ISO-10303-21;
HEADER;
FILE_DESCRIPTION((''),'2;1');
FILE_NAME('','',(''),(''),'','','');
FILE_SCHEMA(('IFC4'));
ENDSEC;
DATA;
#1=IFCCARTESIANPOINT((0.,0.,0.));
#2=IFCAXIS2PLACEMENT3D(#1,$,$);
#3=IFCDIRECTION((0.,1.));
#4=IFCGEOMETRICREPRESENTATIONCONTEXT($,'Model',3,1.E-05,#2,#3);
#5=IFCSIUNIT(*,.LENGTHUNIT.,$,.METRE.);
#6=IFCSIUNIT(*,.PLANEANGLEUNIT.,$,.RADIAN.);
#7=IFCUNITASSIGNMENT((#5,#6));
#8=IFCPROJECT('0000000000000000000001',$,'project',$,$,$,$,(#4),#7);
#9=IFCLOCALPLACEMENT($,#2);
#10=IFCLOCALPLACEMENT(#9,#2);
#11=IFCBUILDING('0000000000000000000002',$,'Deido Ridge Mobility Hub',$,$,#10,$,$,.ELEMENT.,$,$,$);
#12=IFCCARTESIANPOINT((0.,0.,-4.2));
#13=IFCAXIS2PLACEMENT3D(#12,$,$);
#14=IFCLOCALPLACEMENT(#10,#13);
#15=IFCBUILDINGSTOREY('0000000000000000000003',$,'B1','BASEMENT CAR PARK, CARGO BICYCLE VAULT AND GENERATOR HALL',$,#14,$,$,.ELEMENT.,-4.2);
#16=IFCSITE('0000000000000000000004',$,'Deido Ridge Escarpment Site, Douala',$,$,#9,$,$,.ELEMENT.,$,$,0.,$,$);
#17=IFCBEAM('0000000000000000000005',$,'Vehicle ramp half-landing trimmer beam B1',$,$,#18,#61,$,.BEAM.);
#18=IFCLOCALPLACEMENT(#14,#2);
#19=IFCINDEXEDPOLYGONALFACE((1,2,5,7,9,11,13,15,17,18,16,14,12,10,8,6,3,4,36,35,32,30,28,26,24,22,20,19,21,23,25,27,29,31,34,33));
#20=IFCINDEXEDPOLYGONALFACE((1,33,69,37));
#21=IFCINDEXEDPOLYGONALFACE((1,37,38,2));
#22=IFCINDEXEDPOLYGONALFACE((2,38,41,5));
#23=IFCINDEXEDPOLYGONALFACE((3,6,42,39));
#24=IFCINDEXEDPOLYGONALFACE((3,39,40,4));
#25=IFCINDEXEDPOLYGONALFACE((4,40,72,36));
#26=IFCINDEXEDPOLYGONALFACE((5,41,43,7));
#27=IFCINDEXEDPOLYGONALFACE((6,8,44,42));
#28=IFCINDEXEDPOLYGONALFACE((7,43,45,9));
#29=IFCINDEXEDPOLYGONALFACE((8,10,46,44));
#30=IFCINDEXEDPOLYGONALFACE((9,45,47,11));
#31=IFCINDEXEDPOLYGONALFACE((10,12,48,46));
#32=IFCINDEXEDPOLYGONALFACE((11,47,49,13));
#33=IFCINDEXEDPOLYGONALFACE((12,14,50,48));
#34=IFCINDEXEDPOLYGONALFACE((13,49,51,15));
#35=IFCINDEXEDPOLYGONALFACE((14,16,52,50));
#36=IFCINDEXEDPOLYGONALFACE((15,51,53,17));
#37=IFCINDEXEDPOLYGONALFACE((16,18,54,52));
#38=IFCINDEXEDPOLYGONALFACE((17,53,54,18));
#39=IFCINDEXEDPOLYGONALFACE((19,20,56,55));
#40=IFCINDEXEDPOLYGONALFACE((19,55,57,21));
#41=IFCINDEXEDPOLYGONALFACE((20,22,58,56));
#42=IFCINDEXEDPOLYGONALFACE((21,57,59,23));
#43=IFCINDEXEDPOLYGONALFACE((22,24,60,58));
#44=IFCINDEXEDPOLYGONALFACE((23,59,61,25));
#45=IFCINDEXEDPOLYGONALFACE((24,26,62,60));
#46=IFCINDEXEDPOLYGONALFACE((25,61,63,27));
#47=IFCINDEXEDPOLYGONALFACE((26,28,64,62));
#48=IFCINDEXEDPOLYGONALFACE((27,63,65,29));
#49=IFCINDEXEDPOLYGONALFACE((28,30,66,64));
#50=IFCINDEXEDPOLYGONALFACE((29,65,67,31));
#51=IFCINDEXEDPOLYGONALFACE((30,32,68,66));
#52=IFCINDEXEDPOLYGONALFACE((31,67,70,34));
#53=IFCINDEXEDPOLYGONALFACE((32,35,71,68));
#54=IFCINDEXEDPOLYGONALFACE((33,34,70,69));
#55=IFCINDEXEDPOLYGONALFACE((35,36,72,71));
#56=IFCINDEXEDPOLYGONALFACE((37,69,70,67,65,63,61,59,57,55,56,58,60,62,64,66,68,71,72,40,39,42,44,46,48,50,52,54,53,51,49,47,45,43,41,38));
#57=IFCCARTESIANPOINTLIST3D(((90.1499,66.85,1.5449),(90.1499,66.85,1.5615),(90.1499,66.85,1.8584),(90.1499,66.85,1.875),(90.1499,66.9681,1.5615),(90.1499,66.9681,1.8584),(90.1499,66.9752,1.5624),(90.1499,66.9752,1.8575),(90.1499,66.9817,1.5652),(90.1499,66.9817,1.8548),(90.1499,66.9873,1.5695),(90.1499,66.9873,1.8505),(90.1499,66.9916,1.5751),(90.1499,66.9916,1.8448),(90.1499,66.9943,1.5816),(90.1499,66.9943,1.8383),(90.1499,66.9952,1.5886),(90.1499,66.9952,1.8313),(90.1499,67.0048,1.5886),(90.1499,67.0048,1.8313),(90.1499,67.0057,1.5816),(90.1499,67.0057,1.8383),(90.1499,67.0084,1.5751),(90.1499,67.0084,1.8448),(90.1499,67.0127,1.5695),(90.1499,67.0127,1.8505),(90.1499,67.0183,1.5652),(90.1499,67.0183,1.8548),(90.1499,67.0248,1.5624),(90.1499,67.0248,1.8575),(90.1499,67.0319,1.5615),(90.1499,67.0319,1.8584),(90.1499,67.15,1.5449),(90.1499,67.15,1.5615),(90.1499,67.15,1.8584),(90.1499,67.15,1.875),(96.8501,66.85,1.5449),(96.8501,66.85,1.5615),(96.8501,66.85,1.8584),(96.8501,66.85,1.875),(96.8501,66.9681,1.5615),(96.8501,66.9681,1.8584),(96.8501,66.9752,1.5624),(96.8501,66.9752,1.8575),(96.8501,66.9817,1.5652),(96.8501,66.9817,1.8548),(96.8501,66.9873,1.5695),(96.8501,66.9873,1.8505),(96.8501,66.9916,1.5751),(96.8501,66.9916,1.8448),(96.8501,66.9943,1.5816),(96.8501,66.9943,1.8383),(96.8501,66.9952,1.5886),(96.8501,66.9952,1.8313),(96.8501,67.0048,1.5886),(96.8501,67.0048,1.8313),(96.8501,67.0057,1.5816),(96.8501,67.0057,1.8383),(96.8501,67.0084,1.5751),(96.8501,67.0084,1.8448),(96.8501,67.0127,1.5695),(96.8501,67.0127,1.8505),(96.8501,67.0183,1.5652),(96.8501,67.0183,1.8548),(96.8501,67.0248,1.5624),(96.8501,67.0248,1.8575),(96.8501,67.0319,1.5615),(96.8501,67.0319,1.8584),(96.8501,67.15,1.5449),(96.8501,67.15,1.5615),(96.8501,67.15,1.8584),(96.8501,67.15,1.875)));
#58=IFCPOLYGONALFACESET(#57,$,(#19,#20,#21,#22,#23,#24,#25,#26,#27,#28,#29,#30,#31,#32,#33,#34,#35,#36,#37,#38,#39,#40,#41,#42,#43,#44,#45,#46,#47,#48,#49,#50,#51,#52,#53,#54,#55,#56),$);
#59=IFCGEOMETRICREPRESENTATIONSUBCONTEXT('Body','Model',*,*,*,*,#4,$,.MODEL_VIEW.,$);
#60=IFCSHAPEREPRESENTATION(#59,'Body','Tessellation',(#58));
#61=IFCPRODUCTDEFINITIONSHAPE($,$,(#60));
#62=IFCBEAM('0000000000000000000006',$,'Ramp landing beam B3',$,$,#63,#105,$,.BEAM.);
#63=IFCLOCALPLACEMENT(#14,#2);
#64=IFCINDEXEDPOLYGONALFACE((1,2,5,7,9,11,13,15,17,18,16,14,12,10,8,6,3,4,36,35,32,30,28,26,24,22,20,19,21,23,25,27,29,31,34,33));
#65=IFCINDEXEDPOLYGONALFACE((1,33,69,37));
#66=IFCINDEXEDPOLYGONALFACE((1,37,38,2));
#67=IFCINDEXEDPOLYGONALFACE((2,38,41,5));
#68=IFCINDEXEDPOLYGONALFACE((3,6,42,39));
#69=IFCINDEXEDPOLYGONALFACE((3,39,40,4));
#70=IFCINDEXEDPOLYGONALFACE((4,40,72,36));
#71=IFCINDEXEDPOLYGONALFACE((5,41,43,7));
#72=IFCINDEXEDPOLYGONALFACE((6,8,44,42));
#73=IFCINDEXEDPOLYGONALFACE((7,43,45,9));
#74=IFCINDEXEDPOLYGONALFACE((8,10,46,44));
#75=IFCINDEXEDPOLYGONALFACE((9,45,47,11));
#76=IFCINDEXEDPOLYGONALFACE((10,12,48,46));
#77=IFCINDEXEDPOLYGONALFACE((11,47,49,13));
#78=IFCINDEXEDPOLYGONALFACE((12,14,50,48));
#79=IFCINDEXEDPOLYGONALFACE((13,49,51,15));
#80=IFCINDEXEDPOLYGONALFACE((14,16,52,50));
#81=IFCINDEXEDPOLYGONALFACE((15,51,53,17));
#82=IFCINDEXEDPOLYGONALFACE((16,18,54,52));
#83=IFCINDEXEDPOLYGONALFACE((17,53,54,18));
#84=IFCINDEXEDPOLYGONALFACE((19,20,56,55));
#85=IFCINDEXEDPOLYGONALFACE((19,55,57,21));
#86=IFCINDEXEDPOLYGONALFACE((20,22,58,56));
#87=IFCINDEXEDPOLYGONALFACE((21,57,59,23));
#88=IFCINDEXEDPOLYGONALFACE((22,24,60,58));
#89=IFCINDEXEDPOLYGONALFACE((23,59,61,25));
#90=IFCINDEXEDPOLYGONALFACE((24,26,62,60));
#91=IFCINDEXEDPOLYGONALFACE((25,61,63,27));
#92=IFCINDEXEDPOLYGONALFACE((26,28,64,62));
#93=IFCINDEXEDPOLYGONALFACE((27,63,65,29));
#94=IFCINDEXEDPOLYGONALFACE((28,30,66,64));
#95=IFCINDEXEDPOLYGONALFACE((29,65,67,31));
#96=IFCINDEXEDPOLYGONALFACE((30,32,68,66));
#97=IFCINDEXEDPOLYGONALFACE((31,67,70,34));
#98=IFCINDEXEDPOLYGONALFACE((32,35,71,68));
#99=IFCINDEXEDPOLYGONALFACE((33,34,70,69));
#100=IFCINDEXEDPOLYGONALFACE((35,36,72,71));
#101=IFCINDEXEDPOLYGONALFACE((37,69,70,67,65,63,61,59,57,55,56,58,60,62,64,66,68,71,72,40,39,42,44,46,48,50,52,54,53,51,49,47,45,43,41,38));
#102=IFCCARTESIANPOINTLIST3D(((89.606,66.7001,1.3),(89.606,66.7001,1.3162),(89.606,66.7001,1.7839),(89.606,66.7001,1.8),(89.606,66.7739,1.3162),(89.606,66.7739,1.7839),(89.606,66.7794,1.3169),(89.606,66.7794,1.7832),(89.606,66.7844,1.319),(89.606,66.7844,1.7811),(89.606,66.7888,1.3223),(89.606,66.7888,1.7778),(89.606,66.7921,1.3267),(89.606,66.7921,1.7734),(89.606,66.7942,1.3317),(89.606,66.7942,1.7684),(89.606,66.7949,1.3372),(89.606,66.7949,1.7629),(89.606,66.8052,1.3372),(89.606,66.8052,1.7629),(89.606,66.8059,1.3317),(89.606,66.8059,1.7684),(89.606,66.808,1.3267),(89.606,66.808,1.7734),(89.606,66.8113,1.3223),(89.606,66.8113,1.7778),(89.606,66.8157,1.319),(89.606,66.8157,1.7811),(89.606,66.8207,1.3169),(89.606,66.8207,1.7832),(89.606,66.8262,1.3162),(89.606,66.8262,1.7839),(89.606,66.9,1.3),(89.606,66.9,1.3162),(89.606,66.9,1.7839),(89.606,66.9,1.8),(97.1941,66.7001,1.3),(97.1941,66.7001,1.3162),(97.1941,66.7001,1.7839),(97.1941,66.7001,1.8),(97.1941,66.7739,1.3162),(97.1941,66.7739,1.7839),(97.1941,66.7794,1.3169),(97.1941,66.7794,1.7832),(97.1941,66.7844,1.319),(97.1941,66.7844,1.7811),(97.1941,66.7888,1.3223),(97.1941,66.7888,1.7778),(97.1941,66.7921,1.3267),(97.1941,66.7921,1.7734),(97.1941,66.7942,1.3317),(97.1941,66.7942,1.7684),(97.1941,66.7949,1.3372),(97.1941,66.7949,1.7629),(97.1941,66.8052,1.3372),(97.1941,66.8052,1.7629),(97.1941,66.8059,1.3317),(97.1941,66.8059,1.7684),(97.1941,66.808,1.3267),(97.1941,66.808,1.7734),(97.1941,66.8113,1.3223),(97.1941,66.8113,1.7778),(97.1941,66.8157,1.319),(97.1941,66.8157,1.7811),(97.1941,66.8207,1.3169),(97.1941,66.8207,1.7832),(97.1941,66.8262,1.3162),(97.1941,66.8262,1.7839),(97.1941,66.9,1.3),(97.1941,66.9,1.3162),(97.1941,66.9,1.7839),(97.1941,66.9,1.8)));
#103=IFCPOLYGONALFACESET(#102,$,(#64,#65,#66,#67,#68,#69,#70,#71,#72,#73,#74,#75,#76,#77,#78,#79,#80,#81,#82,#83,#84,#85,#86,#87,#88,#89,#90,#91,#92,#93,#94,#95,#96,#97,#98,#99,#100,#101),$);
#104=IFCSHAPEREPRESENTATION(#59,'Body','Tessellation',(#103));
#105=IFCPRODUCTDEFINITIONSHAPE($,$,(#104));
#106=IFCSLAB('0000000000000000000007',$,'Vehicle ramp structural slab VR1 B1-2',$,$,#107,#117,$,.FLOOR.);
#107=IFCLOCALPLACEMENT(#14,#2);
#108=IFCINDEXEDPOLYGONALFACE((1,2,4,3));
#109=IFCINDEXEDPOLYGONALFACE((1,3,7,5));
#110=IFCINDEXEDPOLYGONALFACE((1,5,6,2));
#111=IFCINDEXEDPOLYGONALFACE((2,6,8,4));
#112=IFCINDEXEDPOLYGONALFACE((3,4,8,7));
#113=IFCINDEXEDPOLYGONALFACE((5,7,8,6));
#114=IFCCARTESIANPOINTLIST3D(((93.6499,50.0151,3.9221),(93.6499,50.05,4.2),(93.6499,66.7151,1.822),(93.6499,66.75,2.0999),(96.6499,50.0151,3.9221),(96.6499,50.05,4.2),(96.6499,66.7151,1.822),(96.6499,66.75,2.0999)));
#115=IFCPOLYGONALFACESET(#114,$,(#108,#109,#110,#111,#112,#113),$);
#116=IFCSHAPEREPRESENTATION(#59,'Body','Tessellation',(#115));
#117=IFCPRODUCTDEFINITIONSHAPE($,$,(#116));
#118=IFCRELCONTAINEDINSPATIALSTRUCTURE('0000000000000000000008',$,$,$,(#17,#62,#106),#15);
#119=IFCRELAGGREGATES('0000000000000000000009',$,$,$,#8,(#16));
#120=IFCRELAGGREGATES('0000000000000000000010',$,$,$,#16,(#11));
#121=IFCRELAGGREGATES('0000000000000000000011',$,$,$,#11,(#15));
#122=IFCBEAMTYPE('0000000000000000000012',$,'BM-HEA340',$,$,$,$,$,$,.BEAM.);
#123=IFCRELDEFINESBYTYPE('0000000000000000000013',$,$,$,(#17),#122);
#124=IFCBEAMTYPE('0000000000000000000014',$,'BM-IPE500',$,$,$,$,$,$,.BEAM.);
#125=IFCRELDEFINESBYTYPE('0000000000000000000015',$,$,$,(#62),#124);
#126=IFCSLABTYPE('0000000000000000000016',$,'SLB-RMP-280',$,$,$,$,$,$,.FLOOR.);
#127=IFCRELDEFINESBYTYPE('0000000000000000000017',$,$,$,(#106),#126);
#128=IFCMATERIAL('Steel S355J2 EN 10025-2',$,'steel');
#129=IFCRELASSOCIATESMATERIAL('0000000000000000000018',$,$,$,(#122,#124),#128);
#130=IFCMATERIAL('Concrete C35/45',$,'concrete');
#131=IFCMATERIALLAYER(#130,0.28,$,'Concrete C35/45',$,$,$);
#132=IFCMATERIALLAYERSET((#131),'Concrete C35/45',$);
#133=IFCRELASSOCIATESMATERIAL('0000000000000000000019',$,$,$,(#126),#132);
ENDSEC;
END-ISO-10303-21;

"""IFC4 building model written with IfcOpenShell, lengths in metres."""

from ifc_helpers import new_model, si_unit, direction, frame, origin, origin_2d, place, context, subcontext, project, spatial, polyline, i_section, outline, extrude, material, layer, layer_set, material_profile, profile_set, type_object, element, save


model = new_model("IFC4")

# Units and contexts
model_context = context("Model", 3, precision=1e-05, world=origin(), true_north=direction((0.0, 1.0)))
body_context = subcontext(model_context, "Body", "Model", "MODEL_VIEW")
ifc_project = project(units=[si_unit("LENGTHUNIT", "METRE"), si_unit("PLANEANGLEUNIT", "RADIAN")], contexts=[model_context])

# Site, building, storey
site_placement = place(None, origin())
site = spatial("IfcSite", under=ifc_project, at=site_placement, Name="Deido Ridge Escarpment Site, Douala", CompositionType="ELEMENT", RefElevation=0.0)
building_placement = place(site_placement, origin())
building = spatial("IfcBuilding", under=site, at=building_placement, Name="Deido Ridge Mobility Hub", CompositionType="ELEMENT")
storey_placement = place(building_placement, frame((0.0, 0.0, -4.2)))
storey = spatial("IfcBuildingStorey", under=building, at=storey_placement, Name="B1", Description="BASEMENT CAR PARK, CARGO BICYCLE VAULT AND GENERATOR HALL", CompositionType="ELEMENT", Elevation=-4.2)

# Shared definitions
ifc_material_1 = material(Name="Steel S355J2 EN 10025-2", Category="steel")

# Beams
ifc_material_profile_1 = material_profile(ifc_material_1, i_section(OverallWidth=0.3, OverallDepth=0.3301, WebThickness=0.0095, FlangeThickness=0.0166, FilletRadius=0.0271, at=origin_2d()), Name="HEA 340")
ifc_profile_set_1 = profile_set([ifc_material_profile_1], Name="Steel S355J2 EN 10025-2")
beam_type_1 = type_object("IfcBeamType", Name="BM-HEA340", PredefinedType="BEAM", material=ifc_profile_set_1)
beam_1_placement = place(storey_placement, frame((90.1499, 67.0, 1.71), z_axis=(1.0, 0.0, 0.0), x_axis=(0.0, 1.0, 0.0)))
element("IfcBeam", 1, at=beam_1_placement, inside=storey, type_object=beam_type_1, Name="Vehicle ramp half-landing trimmer beam B1", PredefinedType="BEAM", context=body_context, shape_type="SweptSolid", body=[
    extrude(i_section(OverallWidth=0.3, OverallDepth=0.3301, WebThickness=0.0095, FlangeThickness=0.0166, FilletRadius=0.0271, at=origin_2d()), origin(), (0.0, 0.0, 1.0), 6.7002),
])
ifc_material_profile_2 = material_profile(ifc_material_1, i_section(OverallWidth=0.2, OverallDepth=0.5, WebThickness=0.0103, FlangeThickness=0.0161, FilletRadius=0.021, at=origin_2d()), Name="IPE 500")
ifc_profile_set_2 = profile_set([ifc_material_profile_2], Name="Steel S355J2 EN 10025-2")
beam_type_2 = type_object("IfcBeamType", Name="BM-IPE500", PredefinedType="BEAM", material=ifc_profile_set_2)
beam_2_placement = place(storey_placement, frame((89.606, 66.8, 1.55), z_axis=(1.0, 0.0, 0.0), x_axis=(0.0, 1.0, 0.0)))
element("IfcBeam", 2, at=beam_2_placement, inside=storey, type_object=beam_type_2, Name="Ramp landing beam B3", PredefinedType="BEAM", context=body_context, shape_type="SweptSolid", body=[
    extrude(i_section(OverallWidth=0.2, OverallDepth=0.5, WebThickness=0.0103, FlangeThickness=0.0161, FilletRadius=0.021, at=origin_2d()), origin(), (0.0, 0.0, 1.0), 7.5881),
])

# Slab
ifc_material_2 = material(Name="Concrete C35/45", Category="concrete")
ifc_layer = layer(ifc_material_2, 0.28, Name="Concrete C35/45")
ifc_layer_set = layer_set([ifc_layer], Name="Concrete C35/45")
slab_type = type_object("IfcSlabType", Name="SLB-RMP-280", PredefinedType="FLOOR", material=ifc_layer_set)
slab_placement = place(storey_placement, frame((93.6499, 66.75, 2.0999), z_axis=(0.0, 0.124772, 0.992185), x_axis=(1.0, 0.0, 0.0)))
element("IfcSlab", 3, at=slab_placement, inside=storey, type_object=slab_type, Name="Vehicle ramp structural slab VR1 B1-2", PredefinedType="FLOOR", context=body_context, shape_type="SweptSolid", body=[
    extrude(outline(polyline([(0.0, 0.0), (3.0, 0.0), (3.0, -16.8315), (0.0, -16.8315), (0.0, 0.0)])), origin(), (0.0, 0.0, -1.0), 0.28),
])

save(model, "model.ifc")
